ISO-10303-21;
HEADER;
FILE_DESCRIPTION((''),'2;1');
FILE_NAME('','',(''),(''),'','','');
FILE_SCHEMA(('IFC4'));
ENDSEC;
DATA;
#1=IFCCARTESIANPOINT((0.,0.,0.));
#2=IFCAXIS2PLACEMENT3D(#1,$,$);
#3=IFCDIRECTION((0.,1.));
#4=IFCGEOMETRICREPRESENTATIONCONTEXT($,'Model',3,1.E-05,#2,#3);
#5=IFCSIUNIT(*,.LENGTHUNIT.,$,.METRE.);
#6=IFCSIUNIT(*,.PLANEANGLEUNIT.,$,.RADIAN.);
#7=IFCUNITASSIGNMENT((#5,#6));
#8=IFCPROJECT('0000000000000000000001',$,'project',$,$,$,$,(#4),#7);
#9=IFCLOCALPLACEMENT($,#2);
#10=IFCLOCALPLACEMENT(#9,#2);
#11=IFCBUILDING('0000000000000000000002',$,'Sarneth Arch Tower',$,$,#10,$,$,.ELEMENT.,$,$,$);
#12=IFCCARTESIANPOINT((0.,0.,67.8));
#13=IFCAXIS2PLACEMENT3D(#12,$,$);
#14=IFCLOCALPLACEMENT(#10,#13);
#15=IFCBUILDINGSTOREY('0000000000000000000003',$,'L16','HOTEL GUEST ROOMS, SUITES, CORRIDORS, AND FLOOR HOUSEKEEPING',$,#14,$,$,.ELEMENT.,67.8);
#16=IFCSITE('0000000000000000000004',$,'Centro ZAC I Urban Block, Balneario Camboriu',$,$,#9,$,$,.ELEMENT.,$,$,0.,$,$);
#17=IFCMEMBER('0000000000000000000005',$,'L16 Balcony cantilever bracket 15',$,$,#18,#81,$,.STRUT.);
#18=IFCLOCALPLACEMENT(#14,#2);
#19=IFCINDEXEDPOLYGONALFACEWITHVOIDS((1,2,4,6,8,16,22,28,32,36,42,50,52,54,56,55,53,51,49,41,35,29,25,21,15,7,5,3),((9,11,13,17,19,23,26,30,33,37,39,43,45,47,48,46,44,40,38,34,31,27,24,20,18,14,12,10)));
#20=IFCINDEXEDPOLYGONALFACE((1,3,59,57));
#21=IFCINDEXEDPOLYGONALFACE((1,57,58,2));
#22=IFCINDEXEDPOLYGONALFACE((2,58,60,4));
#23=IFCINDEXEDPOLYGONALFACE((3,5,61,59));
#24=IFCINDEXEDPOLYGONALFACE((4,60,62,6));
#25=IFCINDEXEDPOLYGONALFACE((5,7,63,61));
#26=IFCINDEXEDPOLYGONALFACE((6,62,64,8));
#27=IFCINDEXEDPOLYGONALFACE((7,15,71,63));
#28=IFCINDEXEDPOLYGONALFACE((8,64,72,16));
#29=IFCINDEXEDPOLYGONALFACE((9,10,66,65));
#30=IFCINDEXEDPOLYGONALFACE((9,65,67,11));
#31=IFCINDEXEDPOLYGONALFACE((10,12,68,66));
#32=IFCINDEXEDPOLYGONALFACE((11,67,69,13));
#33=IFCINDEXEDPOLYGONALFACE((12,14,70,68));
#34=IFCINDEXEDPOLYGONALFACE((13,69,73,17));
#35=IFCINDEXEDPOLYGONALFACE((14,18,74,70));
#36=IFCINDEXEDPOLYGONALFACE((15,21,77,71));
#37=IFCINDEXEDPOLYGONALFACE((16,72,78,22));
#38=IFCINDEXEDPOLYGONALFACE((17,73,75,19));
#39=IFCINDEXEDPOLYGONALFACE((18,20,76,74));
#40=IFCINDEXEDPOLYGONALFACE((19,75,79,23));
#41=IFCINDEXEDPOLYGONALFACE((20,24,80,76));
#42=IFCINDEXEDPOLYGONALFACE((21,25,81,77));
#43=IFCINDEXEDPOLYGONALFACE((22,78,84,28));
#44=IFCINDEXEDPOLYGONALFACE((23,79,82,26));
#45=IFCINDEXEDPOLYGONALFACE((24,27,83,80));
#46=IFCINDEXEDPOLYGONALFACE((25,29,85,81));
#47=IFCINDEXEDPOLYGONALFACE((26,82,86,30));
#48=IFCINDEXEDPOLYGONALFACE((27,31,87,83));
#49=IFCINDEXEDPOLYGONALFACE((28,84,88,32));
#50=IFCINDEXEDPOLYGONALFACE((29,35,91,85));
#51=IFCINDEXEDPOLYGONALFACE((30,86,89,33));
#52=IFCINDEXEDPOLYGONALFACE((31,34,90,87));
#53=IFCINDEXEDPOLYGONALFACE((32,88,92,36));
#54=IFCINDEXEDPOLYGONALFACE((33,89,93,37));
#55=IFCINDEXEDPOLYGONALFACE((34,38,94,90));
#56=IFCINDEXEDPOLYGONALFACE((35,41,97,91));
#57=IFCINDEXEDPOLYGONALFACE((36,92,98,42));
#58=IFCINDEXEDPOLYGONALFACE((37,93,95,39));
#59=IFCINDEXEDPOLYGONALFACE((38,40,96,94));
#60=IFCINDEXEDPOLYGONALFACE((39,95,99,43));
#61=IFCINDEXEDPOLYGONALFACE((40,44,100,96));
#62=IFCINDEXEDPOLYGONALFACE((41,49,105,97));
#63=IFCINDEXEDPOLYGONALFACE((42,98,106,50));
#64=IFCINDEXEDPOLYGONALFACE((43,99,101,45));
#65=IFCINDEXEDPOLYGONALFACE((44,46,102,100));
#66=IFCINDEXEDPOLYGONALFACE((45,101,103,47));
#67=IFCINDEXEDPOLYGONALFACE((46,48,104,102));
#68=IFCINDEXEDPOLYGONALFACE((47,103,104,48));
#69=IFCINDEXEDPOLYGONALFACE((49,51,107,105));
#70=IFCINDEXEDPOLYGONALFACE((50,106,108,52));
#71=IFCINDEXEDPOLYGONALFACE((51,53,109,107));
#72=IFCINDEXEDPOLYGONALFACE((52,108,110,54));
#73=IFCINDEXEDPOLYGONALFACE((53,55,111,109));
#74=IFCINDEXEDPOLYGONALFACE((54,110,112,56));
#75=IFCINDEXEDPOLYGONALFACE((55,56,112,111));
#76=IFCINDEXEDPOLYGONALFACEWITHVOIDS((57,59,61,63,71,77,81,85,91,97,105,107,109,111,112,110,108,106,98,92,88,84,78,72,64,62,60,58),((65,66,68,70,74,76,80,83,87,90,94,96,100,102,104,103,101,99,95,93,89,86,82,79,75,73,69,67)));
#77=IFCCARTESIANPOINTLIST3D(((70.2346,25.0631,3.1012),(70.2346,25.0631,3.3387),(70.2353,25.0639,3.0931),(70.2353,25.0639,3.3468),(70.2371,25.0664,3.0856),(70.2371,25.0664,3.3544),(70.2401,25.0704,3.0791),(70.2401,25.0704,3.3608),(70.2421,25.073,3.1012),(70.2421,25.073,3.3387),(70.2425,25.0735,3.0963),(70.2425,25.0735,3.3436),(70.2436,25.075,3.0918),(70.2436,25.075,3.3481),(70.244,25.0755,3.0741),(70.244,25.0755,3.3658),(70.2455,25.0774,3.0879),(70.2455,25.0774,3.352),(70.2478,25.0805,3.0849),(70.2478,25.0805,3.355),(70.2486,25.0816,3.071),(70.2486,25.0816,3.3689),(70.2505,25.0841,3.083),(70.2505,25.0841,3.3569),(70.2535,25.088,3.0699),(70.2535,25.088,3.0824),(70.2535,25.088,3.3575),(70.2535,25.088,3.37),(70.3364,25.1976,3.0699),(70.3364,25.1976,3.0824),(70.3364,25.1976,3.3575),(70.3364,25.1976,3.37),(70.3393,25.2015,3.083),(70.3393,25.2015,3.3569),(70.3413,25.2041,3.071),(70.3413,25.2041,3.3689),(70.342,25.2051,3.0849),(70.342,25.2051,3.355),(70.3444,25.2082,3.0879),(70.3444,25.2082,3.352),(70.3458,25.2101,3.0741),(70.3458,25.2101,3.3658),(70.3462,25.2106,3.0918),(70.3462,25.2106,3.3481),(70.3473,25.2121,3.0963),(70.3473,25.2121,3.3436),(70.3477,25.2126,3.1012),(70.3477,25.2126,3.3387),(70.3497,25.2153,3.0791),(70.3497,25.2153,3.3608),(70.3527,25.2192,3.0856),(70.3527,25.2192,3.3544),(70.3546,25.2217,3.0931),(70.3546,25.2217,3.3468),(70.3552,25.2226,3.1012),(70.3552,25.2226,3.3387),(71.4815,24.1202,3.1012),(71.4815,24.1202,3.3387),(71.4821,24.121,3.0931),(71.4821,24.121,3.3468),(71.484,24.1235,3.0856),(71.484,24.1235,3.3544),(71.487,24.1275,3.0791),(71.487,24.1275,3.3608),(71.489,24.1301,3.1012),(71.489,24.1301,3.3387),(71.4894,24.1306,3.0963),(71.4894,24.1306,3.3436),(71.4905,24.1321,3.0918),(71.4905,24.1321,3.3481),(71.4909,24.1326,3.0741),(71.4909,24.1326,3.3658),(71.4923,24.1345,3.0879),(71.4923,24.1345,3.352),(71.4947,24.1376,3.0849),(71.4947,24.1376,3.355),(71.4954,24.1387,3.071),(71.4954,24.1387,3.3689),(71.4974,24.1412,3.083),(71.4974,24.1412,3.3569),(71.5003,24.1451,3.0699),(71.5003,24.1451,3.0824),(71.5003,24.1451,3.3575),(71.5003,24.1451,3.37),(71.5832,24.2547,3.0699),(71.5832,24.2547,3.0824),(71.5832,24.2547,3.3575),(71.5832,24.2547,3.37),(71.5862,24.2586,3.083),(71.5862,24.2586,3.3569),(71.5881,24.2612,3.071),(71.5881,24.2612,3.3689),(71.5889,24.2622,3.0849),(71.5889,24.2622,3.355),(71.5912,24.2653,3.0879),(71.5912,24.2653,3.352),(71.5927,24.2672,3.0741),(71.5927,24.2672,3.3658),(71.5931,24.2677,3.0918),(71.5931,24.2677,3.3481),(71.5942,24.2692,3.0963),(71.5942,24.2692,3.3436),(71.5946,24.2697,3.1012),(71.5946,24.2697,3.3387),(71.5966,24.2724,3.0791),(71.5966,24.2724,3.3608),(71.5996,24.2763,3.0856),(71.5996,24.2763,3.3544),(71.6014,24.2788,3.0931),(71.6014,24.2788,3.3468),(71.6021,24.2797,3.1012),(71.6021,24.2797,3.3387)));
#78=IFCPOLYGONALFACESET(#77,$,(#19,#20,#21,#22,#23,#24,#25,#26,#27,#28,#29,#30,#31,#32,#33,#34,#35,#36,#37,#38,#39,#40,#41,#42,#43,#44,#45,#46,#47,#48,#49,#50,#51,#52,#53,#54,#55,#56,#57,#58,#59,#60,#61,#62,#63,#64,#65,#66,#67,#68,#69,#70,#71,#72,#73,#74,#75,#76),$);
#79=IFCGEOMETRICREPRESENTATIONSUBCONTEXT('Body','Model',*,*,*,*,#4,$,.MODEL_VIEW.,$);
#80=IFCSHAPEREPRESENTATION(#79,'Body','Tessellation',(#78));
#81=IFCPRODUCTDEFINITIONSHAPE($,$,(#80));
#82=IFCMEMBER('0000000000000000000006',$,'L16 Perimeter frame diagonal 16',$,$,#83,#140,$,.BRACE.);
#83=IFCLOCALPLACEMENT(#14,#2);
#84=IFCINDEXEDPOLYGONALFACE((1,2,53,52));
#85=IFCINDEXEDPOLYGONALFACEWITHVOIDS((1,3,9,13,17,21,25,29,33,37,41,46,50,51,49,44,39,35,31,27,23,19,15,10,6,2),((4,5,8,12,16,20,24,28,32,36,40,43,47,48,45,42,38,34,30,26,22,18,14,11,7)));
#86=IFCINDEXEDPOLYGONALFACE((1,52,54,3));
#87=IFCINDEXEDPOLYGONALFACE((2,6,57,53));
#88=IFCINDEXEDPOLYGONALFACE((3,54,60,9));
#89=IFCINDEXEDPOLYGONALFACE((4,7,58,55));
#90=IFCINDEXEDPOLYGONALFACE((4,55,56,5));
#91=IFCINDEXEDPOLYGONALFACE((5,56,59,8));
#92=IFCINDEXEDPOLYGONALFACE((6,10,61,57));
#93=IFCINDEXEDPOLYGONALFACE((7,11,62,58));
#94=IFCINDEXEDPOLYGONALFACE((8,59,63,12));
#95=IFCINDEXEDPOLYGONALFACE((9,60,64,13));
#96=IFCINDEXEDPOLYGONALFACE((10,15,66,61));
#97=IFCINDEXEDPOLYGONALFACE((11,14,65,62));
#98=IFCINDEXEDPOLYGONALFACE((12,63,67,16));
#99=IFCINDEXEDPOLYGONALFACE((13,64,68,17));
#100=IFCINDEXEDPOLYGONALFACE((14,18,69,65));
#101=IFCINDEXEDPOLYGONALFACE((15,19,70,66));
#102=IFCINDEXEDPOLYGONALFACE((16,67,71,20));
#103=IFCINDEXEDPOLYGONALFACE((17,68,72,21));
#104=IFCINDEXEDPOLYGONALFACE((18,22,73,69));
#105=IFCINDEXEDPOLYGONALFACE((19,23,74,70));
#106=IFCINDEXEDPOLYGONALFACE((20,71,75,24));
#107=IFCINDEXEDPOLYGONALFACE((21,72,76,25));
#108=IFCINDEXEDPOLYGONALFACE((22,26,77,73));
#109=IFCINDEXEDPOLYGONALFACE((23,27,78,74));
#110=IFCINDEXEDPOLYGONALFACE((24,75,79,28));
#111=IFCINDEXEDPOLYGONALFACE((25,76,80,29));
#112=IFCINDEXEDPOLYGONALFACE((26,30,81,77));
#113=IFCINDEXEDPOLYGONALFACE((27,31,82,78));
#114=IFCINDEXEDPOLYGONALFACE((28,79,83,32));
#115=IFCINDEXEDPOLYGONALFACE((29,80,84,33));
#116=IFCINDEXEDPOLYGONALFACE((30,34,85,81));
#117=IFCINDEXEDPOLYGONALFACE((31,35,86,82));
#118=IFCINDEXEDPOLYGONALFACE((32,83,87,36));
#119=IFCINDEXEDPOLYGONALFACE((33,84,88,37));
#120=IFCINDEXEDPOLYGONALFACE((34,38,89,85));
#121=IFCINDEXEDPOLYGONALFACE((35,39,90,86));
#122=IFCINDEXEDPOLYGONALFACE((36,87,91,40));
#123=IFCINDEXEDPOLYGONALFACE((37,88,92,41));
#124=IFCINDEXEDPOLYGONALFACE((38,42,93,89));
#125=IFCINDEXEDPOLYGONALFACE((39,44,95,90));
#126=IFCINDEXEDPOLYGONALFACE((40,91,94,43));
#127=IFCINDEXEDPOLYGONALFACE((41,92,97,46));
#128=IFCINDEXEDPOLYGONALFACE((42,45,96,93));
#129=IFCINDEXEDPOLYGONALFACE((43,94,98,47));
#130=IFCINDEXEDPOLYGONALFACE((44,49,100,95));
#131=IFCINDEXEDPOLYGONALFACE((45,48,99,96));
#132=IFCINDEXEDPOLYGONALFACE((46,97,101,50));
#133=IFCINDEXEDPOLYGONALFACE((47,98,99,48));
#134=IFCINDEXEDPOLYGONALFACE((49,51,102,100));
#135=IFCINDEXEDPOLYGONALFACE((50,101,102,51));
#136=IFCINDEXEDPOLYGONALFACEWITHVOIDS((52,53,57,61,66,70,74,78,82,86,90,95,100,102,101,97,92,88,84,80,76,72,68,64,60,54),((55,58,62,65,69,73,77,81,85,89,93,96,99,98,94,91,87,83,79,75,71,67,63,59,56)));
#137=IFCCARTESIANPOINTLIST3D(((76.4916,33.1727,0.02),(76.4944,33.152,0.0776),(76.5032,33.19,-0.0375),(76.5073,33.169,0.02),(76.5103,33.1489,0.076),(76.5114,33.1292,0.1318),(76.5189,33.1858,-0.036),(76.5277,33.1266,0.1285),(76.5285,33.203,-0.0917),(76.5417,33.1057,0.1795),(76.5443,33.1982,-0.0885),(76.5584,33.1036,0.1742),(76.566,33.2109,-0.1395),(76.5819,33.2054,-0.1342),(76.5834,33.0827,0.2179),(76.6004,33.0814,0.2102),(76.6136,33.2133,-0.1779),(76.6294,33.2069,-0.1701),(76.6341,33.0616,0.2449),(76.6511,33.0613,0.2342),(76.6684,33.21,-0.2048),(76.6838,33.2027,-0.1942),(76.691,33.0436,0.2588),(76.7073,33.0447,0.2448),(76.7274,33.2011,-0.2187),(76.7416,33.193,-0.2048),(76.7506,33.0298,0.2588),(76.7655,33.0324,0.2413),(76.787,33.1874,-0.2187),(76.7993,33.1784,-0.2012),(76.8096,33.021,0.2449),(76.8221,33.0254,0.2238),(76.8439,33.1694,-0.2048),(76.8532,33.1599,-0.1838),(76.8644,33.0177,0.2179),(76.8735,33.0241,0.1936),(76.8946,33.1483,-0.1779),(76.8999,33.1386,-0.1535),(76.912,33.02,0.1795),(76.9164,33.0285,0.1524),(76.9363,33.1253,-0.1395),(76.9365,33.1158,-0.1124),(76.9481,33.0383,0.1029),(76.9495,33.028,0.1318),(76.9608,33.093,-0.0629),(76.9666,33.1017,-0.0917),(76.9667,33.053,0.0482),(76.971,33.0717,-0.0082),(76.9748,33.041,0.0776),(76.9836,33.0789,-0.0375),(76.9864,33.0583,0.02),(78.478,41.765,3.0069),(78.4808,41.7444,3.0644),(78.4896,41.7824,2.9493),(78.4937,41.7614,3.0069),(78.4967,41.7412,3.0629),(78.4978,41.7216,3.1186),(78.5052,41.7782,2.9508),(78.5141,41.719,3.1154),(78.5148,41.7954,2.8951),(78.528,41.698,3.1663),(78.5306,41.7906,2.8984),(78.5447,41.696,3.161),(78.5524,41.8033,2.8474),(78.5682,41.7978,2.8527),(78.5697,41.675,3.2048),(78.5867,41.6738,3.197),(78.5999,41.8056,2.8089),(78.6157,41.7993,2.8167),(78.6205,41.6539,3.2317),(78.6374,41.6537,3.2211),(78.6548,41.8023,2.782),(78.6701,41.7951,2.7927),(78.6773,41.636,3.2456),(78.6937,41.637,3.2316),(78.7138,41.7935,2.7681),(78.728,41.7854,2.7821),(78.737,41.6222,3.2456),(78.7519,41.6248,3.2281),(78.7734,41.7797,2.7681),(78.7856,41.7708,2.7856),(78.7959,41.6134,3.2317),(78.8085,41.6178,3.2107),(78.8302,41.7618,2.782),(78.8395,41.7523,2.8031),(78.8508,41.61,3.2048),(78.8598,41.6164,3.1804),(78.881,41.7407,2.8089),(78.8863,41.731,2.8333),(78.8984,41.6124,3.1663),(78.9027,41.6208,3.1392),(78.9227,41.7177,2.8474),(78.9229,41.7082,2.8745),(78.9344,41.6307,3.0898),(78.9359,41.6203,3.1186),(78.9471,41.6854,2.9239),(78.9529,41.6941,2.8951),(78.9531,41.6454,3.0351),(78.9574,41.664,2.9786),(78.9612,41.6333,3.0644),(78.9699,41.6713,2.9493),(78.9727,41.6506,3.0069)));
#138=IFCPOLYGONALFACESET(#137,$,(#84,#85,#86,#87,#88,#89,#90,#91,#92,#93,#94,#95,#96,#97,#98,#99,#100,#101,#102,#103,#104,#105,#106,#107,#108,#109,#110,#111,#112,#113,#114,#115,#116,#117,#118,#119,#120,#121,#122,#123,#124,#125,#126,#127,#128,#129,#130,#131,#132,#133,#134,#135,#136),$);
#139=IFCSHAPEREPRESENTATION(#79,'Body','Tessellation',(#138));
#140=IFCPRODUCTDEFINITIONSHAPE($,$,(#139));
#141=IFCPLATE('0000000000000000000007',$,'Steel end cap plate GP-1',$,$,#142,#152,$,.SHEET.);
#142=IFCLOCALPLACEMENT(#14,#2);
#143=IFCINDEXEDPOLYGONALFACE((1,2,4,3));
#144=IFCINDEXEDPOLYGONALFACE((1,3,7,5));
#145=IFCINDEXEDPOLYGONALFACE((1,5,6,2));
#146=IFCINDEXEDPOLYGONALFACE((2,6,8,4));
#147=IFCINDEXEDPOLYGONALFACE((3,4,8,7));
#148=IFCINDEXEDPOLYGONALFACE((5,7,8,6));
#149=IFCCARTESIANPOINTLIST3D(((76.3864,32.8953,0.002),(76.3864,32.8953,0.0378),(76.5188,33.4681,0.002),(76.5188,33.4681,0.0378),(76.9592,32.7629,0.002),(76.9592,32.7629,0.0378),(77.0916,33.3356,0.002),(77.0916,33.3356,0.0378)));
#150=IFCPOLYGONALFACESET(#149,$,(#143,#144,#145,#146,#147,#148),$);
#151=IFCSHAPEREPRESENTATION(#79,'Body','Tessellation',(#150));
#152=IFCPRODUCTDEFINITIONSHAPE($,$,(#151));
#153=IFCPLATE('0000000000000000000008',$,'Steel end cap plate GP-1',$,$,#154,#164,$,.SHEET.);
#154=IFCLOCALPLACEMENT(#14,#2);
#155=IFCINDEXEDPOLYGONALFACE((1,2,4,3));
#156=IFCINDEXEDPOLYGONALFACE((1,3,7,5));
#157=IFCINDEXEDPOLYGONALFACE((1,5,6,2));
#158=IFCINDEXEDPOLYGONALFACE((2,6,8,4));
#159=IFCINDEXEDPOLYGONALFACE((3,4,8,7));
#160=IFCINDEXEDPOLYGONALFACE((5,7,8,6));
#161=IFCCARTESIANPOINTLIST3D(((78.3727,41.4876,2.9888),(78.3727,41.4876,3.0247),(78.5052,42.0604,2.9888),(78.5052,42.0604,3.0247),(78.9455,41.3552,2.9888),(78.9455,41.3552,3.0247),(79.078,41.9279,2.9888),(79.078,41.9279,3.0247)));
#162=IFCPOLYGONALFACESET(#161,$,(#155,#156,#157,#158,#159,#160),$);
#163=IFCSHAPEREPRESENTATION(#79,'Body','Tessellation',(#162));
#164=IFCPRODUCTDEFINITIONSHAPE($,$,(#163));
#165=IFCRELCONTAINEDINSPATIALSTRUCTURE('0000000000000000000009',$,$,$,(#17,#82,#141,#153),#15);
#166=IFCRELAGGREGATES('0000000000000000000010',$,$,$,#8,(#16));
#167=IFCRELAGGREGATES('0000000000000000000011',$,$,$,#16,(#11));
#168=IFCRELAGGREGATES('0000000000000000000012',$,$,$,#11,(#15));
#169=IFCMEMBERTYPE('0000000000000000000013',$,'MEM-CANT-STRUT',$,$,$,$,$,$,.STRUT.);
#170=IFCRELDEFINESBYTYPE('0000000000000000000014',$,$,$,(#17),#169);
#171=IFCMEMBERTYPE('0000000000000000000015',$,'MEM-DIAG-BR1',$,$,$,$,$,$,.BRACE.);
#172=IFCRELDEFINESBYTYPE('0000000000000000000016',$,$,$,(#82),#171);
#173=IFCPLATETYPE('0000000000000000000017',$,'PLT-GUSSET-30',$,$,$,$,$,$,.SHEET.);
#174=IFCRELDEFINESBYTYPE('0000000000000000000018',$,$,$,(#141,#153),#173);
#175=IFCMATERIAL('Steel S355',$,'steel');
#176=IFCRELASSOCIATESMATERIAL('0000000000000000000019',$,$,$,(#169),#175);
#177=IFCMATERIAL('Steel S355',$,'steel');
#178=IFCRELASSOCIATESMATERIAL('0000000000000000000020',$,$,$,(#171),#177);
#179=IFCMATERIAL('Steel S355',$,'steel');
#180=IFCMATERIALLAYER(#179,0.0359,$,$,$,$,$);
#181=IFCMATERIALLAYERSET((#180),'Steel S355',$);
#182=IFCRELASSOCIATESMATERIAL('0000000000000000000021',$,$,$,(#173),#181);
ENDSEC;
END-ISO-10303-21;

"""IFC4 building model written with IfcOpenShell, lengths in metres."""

from ifc_helpers import new_model, si_unit, direction, frame, origin, origin_2d, place, context, subcontext, project, spatial, rectangle, hollow_rectangle, hollow_circle, extrude, material, layer, layer_set, material_profile, profile_set, type_object, element, save


model = new_model("IFC4")

# Units and contexts
model_context = context("Model", 3, precision=1e-05, world=origin(), true_north=direction((0.0, 1.0)))
body_context = subcontext(model_context, "Body", "Model", "MODEL_VIEW")
ifc_project = project(units=[si_unit("LENGTHUNIT", "METRE"), si_unit("PLANEANGLEUNIT", "RADIAN")], contexts=[model_context])

# Site, building, storey
site_placement = place(None, origin())
site = spatial("IfcSite", under=ifc_project, at=site_placement, Name="Centro ZAC I Urban Block, Balneario Camboriu", CompositionType="ELEMENT", RefElevation=0.0)
building_placement = place(site_placement, origin())
building = spatial("IfcBuilding", under=site, at=building_placement, Name="Sarneth Arch Tower", CompositionType="ELEMENT")
storey_placement = place(building_placement, frame((0.0, 0.0, 67.8)))
storey = spatial("IfcBuildingStorey", under=building, at=storey_placement, Name="L16", Description="HOTEL GUEST ROOMS, SUITES, CORRIDORS, AND FLOOR HOUSEKEEPING", CompositionType="ELEMENT", Elevation=67.8)

# Members
ifc_material_1 = material(Name="Steel S355", Category="steel")
ifc_material_profile_1 = material_profile(ifc_material_1, hollow_rectangle(XDim=0.2, YDim=0.3, WallThickness=0.0125, InnerFilletRadius=0.0188, OuterFilletRadius=0.0312, at=origin_2d()), Name="RHS300x200x12.5")
ifc_profile_set_1 = profile_set([ifc_material_profile_1], Name="Steel S355")
member_type_1 = type_object("IfcMemberType", Name="MEM-CANT-STRUT", PredefinedType="STRUT", material=ifc_profile_set_1)
member_1_placement = place(storey_placement, frame((70.2949, 25.1428, 3.22), z_axis=(0.797614, -0.603169, 0.0), x_axis=(0.603169, 0.797614, 0.0)))
element("IfcMember", 1, at=member_1_placement, inside=storey, type_object=member_type_1, Name="L16 Balcony cantilever bracket 15", PredefinedType="STRUT", context=body_context, shape_type="SweptSolid", body=[
    extrude(hollow_rectangle(XDim=0.2, YDim=0.3, WallThickness=0.0125, InnerFilletRadius=0.0188, OuterFilletRadius=0.0312, at=origin_2d()), origin(), (0.0, 0.0, 1.0), 1.5632),
])
ifc_material_2 = material(Name="Steel S355", Category="steel")
ifc_material_profile_2 = material_profile(ifc_material_2, hollow_circle(Radius=0.2539, WallThickness=0.0161, at=origin_2d()), Name="CHS508x16")
ifc_profile_set_2 = profile_set([ifc_material_profile_2], Name="Steel S355")
member_type_2 = type_object("IfcMemberType", Name="MEM-DIAG-BR1", PredefinedType="BRACE", material=ifc_profile_set_2)
member_2_placement = place(storey_placement, frame((76.739, 33.1155, 0.02), z_axis=(0.213332, 0.922814, 0.320785), x_axis=(-0.974304, 0.225236, 0.0)))
element("IfcMember", 2, at=member_2_placement, inside=storey, type_object=member_type_2, Name="L16 Perimeter frame diagonal 16", PredefinedType="BRACE", context=body_context, shape_type="SweptSolid", body=[
    extrude(hollow_circle(Radius=0.2539, WallThickness=0.0161, at=origin_2d()), origin(), (0.0, 0.0, 1.0), 9.311),
])

# Plates
ifc_material_3 = material(Name="Steel S355", Category="steel")
ifc_layer_1 = layer(ifc_material_3, 0.0359)
ifc_layer_set_1 = layer_set([ifc_layer_1], Name="Steel S355")
plate_type = type_object("IfcPlateType", Name="PLT-GUSSET-30", PredefinedType="SHEET", material=ifc_layer_set_1)
for number, where, z_axis, x_axis, name in (
    (3, (76.739, 33.1155, 0.002), (0.0, 0.0, 1.0), (0.225291, 0.974291, 0.0), "Steel end cap plate GP-1"),
    (4, (78.7253, 41.7078, 2.9888), (0.0, 0.0, 1.0), (0.225291, 0.974291, 0.0), "Steel end cap plate GP-1"),
):
    element("IfcPlate", number, at=place(storey_placement, frame(where, z_axis=z_axis, x_axis=x_axis)), inside=storey, type_object=plate_type, Name=name, PredefinedType="SHEET", context=body_context, shape_type="SweptSolid", body=[
        extrude(rectangle(XDim=0.5879, YDim=0.5879, at=origin_2d()), origin(), (0.0, 0.0, 1.0), 0.0359),
    ])

save(model, "model.ifc")
